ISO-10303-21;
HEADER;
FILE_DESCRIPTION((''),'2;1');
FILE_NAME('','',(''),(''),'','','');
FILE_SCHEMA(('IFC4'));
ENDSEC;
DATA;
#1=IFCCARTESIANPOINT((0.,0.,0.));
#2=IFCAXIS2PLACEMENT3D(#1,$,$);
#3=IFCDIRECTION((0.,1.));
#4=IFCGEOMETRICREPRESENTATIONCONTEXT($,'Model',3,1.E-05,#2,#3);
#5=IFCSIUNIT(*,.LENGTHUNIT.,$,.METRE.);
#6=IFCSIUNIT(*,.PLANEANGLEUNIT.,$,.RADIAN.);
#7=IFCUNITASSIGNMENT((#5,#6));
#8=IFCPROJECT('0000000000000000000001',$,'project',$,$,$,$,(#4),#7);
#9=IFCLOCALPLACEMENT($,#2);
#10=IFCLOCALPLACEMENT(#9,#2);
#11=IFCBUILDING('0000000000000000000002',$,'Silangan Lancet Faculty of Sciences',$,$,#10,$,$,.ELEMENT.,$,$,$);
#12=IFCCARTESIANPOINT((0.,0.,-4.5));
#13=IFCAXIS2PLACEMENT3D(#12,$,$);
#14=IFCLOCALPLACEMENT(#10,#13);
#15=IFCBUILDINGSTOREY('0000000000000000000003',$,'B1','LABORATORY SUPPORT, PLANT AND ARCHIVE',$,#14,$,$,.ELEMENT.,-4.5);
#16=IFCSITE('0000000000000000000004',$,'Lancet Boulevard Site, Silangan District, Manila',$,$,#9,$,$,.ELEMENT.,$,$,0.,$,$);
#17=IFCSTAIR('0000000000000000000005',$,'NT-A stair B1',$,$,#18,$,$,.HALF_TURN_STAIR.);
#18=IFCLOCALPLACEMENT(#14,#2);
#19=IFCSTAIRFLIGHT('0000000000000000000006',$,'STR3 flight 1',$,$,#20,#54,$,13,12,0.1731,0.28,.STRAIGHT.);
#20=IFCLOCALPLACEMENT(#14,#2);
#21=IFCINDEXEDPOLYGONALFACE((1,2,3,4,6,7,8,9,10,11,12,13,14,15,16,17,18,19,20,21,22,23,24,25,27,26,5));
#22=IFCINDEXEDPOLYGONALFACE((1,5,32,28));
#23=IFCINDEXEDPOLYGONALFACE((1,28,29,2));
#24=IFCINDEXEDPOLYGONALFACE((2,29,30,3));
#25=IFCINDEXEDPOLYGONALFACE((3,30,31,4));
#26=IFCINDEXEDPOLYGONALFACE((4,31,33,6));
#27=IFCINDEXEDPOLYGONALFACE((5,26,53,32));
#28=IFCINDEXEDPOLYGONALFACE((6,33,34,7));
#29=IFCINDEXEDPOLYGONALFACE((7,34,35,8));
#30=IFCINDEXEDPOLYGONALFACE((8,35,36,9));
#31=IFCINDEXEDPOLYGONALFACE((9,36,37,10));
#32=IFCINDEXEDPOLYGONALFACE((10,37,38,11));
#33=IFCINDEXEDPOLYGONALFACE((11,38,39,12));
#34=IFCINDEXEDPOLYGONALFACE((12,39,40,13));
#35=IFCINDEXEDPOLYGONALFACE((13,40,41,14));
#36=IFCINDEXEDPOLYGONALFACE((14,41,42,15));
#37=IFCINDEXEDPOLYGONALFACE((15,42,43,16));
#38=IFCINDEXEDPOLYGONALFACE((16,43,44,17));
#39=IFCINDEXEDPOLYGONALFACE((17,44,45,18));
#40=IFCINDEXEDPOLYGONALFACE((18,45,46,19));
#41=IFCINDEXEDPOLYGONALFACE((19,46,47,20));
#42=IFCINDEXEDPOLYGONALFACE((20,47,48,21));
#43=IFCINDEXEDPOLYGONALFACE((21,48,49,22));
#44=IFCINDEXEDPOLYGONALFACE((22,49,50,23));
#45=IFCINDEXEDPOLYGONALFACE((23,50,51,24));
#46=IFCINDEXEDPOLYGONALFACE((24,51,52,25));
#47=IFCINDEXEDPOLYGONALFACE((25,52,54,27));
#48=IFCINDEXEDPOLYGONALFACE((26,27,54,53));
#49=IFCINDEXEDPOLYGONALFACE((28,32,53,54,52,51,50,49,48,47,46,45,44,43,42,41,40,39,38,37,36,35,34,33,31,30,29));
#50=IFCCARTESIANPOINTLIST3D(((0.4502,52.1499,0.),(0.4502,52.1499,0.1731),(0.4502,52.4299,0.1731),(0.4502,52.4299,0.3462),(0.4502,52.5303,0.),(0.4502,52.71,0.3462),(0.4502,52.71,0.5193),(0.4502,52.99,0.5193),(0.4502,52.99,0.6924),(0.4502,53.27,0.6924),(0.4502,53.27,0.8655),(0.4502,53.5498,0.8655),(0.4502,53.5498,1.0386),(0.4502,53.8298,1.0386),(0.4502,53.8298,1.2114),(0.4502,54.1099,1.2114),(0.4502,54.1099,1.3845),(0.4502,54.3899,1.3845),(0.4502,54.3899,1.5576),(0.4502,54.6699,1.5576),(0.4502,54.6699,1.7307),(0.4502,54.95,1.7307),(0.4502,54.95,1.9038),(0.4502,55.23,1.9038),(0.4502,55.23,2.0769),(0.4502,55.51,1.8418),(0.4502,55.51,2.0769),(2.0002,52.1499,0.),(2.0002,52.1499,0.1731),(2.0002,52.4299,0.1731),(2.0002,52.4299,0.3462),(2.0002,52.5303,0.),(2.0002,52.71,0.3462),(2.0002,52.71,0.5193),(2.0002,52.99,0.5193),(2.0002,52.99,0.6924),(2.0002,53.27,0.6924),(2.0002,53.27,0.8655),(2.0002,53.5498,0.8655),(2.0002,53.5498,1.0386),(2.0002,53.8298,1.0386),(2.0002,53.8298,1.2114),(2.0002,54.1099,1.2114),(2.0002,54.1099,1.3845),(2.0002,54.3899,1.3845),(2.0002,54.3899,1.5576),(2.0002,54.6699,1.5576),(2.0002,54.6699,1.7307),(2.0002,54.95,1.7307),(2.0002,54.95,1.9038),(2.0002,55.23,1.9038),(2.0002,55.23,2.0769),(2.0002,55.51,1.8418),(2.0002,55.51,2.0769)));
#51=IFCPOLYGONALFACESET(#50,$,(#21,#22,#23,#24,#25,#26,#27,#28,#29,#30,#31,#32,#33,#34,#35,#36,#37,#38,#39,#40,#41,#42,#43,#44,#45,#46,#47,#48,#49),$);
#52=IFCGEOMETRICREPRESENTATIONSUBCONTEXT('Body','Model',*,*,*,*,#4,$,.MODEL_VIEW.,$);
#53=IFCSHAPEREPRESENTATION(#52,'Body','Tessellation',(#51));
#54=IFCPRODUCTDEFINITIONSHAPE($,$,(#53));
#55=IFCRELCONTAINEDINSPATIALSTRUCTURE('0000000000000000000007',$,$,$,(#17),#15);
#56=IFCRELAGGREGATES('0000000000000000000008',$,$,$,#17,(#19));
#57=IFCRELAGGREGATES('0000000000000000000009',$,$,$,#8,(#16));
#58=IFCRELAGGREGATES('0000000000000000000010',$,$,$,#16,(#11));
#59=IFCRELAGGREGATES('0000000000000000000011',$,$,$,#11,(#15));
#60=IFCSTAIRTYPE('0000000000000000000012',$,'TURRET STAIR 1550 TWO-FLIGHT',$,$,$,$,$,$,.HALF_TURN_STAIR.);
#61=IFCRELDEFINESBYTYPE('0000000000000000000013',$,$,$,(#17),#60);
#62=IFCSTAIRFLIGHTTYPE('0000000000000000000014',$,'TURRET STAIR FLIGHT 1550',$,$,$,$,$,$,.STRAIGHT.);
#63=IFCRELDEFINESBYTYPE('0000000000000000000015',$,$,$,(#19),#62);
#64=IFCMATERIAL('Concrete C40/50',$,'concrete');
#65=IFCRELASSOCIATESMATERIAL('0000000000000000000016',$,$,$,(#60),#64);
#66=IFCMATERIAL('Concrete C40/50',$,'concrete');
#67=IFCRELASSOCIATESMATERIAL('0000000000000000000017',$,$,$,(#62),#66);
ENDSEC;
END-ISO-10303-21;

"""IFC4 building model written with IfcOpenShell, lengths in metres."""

from ifc_helpers import new_model, si_unit, direction, frame, origin, place, context, subcontext, project, spatial, polyline, outline, extrude, material, type_object, element, aggregate, save


model = new_model("IFC4")

# Units and contexts
model_context = context("Model", 3, precision=1e-05, world=origin(), true_north=direction((0.0, 1.0)))
body_context = subcontext(model_context, "Body", "Model", "MODEL_VIEW")
ifc_project = project(units=[si_unit("LENGTHUNIT", "METRE"), si_unit("PLANEANGLEUNIT", "RADIAN")], contexts=[model_context])

# Site, building, storey
site_placement = place(None, origin())
site = spatial("IfcSite", under=ifc_project, at=site_placement, Name="Lancet Boulevard Site, Silangan District, Manila", CompositionType="ELEMENT", RefElevation=0.0)
building_placement = place(site_placement, origin())
building = spatial("IfcBuilding", under=site, at=building_placement, Name="Silangan Lancet Faculty of Sciences", CompositionType="ELEMENT")
storey_placement = place(building_placement, frame((0.0, 0.0, -4.5)))
storey = spatial("IfcBuildingStorey", under=building, at=storey_placement, Name="B1", Description="LABORATORY SUPPORT, PLANT AND ARCHIVE", CompositionType="ELEMENT", Elevation=-4.5)

# Stair, stair flight
ifc_material_1 = material(Name="Concrete C40/50", Category="concrete")
stair_type = type_object("IfcStairType", Name="TURRET STAIR 1550 TWO-FLIGHT", PredefinedType="HALF_TURN_STAIR", material=ifc_material_1)
stair_placement = place(storey_placement, origin())
stair = element("IfcStair", 1, at=stair_placement, inside=storey, type_object=stair_type, Name="NT-A stair B1", PredefinedType="HALF_TURN_STAIR")
ifc_material_2 = material(Name="Concrete C40/50", Category="concrete")
stair_flight_type = type_object("IfcStairFlightType", Name="TURRET STAIR FLIGHT 1550", PredefinedType="STRAIGHT", material=ifc_material_2)
stair_flight_placement = place(storey_placement, frame((1.2251, 52.1499, 0.0), z_axis=(0.0, 0.0, 1.0), x_axis=(0.0, 1.0, 0.0)))
stair_flight = element("IfcStairFlight", 2, at=stair_flight_placement, type_object=stair_flight_type, Name="STR3 flight 1", NumberOfRisers=13, NumberOfTreads=12, PredefinedType="STRAIGHT", RiserHeight=0.1731, TreadLength=0.28, context=body_context, shape_type="SweptSolid", body=[
    extrude(outline(polyline([(0.0, 0.0), (0.0, 0.1731), (0.28, 0.1731), (0.28, 0.3462), (0.5601, 0.3462), (0.5601, 0.5193), (0.8401, 0.5193), (0.8401, 0.6924), (1.1201, 0.6924), (1.1201, 0.8655), (1.3999, 0.8655), (1.3999, 1.0386), (1.6799, 1.0386), (1.6799, 1.2114), (1.96, 1.2114), (1.96, 1.3845), (2.24, 1.3845), (2.24, 1.5576), (2.52, 1.5576), (2.52, 1.7307), (2.8, 1.7307), (2.8, 1.9038), (3.0801, 1.9038), (3.0801, 2.0769), (3.3601, 2.0769), (3.3601, 2.25), (3.3601, 1.8418), (0.3804, 0.0), (0.0, 0.0)])), frame((0.0, 0.7749, 0.0), z_axis=(0.0, -1.0, 0.0), x_axis=(1.0, 0.0, 0.0)), (0.0, 0.0, 1.0), 1.55),
])
aggregate(stair, [stair_flight])

save(model, "model.ifc")
